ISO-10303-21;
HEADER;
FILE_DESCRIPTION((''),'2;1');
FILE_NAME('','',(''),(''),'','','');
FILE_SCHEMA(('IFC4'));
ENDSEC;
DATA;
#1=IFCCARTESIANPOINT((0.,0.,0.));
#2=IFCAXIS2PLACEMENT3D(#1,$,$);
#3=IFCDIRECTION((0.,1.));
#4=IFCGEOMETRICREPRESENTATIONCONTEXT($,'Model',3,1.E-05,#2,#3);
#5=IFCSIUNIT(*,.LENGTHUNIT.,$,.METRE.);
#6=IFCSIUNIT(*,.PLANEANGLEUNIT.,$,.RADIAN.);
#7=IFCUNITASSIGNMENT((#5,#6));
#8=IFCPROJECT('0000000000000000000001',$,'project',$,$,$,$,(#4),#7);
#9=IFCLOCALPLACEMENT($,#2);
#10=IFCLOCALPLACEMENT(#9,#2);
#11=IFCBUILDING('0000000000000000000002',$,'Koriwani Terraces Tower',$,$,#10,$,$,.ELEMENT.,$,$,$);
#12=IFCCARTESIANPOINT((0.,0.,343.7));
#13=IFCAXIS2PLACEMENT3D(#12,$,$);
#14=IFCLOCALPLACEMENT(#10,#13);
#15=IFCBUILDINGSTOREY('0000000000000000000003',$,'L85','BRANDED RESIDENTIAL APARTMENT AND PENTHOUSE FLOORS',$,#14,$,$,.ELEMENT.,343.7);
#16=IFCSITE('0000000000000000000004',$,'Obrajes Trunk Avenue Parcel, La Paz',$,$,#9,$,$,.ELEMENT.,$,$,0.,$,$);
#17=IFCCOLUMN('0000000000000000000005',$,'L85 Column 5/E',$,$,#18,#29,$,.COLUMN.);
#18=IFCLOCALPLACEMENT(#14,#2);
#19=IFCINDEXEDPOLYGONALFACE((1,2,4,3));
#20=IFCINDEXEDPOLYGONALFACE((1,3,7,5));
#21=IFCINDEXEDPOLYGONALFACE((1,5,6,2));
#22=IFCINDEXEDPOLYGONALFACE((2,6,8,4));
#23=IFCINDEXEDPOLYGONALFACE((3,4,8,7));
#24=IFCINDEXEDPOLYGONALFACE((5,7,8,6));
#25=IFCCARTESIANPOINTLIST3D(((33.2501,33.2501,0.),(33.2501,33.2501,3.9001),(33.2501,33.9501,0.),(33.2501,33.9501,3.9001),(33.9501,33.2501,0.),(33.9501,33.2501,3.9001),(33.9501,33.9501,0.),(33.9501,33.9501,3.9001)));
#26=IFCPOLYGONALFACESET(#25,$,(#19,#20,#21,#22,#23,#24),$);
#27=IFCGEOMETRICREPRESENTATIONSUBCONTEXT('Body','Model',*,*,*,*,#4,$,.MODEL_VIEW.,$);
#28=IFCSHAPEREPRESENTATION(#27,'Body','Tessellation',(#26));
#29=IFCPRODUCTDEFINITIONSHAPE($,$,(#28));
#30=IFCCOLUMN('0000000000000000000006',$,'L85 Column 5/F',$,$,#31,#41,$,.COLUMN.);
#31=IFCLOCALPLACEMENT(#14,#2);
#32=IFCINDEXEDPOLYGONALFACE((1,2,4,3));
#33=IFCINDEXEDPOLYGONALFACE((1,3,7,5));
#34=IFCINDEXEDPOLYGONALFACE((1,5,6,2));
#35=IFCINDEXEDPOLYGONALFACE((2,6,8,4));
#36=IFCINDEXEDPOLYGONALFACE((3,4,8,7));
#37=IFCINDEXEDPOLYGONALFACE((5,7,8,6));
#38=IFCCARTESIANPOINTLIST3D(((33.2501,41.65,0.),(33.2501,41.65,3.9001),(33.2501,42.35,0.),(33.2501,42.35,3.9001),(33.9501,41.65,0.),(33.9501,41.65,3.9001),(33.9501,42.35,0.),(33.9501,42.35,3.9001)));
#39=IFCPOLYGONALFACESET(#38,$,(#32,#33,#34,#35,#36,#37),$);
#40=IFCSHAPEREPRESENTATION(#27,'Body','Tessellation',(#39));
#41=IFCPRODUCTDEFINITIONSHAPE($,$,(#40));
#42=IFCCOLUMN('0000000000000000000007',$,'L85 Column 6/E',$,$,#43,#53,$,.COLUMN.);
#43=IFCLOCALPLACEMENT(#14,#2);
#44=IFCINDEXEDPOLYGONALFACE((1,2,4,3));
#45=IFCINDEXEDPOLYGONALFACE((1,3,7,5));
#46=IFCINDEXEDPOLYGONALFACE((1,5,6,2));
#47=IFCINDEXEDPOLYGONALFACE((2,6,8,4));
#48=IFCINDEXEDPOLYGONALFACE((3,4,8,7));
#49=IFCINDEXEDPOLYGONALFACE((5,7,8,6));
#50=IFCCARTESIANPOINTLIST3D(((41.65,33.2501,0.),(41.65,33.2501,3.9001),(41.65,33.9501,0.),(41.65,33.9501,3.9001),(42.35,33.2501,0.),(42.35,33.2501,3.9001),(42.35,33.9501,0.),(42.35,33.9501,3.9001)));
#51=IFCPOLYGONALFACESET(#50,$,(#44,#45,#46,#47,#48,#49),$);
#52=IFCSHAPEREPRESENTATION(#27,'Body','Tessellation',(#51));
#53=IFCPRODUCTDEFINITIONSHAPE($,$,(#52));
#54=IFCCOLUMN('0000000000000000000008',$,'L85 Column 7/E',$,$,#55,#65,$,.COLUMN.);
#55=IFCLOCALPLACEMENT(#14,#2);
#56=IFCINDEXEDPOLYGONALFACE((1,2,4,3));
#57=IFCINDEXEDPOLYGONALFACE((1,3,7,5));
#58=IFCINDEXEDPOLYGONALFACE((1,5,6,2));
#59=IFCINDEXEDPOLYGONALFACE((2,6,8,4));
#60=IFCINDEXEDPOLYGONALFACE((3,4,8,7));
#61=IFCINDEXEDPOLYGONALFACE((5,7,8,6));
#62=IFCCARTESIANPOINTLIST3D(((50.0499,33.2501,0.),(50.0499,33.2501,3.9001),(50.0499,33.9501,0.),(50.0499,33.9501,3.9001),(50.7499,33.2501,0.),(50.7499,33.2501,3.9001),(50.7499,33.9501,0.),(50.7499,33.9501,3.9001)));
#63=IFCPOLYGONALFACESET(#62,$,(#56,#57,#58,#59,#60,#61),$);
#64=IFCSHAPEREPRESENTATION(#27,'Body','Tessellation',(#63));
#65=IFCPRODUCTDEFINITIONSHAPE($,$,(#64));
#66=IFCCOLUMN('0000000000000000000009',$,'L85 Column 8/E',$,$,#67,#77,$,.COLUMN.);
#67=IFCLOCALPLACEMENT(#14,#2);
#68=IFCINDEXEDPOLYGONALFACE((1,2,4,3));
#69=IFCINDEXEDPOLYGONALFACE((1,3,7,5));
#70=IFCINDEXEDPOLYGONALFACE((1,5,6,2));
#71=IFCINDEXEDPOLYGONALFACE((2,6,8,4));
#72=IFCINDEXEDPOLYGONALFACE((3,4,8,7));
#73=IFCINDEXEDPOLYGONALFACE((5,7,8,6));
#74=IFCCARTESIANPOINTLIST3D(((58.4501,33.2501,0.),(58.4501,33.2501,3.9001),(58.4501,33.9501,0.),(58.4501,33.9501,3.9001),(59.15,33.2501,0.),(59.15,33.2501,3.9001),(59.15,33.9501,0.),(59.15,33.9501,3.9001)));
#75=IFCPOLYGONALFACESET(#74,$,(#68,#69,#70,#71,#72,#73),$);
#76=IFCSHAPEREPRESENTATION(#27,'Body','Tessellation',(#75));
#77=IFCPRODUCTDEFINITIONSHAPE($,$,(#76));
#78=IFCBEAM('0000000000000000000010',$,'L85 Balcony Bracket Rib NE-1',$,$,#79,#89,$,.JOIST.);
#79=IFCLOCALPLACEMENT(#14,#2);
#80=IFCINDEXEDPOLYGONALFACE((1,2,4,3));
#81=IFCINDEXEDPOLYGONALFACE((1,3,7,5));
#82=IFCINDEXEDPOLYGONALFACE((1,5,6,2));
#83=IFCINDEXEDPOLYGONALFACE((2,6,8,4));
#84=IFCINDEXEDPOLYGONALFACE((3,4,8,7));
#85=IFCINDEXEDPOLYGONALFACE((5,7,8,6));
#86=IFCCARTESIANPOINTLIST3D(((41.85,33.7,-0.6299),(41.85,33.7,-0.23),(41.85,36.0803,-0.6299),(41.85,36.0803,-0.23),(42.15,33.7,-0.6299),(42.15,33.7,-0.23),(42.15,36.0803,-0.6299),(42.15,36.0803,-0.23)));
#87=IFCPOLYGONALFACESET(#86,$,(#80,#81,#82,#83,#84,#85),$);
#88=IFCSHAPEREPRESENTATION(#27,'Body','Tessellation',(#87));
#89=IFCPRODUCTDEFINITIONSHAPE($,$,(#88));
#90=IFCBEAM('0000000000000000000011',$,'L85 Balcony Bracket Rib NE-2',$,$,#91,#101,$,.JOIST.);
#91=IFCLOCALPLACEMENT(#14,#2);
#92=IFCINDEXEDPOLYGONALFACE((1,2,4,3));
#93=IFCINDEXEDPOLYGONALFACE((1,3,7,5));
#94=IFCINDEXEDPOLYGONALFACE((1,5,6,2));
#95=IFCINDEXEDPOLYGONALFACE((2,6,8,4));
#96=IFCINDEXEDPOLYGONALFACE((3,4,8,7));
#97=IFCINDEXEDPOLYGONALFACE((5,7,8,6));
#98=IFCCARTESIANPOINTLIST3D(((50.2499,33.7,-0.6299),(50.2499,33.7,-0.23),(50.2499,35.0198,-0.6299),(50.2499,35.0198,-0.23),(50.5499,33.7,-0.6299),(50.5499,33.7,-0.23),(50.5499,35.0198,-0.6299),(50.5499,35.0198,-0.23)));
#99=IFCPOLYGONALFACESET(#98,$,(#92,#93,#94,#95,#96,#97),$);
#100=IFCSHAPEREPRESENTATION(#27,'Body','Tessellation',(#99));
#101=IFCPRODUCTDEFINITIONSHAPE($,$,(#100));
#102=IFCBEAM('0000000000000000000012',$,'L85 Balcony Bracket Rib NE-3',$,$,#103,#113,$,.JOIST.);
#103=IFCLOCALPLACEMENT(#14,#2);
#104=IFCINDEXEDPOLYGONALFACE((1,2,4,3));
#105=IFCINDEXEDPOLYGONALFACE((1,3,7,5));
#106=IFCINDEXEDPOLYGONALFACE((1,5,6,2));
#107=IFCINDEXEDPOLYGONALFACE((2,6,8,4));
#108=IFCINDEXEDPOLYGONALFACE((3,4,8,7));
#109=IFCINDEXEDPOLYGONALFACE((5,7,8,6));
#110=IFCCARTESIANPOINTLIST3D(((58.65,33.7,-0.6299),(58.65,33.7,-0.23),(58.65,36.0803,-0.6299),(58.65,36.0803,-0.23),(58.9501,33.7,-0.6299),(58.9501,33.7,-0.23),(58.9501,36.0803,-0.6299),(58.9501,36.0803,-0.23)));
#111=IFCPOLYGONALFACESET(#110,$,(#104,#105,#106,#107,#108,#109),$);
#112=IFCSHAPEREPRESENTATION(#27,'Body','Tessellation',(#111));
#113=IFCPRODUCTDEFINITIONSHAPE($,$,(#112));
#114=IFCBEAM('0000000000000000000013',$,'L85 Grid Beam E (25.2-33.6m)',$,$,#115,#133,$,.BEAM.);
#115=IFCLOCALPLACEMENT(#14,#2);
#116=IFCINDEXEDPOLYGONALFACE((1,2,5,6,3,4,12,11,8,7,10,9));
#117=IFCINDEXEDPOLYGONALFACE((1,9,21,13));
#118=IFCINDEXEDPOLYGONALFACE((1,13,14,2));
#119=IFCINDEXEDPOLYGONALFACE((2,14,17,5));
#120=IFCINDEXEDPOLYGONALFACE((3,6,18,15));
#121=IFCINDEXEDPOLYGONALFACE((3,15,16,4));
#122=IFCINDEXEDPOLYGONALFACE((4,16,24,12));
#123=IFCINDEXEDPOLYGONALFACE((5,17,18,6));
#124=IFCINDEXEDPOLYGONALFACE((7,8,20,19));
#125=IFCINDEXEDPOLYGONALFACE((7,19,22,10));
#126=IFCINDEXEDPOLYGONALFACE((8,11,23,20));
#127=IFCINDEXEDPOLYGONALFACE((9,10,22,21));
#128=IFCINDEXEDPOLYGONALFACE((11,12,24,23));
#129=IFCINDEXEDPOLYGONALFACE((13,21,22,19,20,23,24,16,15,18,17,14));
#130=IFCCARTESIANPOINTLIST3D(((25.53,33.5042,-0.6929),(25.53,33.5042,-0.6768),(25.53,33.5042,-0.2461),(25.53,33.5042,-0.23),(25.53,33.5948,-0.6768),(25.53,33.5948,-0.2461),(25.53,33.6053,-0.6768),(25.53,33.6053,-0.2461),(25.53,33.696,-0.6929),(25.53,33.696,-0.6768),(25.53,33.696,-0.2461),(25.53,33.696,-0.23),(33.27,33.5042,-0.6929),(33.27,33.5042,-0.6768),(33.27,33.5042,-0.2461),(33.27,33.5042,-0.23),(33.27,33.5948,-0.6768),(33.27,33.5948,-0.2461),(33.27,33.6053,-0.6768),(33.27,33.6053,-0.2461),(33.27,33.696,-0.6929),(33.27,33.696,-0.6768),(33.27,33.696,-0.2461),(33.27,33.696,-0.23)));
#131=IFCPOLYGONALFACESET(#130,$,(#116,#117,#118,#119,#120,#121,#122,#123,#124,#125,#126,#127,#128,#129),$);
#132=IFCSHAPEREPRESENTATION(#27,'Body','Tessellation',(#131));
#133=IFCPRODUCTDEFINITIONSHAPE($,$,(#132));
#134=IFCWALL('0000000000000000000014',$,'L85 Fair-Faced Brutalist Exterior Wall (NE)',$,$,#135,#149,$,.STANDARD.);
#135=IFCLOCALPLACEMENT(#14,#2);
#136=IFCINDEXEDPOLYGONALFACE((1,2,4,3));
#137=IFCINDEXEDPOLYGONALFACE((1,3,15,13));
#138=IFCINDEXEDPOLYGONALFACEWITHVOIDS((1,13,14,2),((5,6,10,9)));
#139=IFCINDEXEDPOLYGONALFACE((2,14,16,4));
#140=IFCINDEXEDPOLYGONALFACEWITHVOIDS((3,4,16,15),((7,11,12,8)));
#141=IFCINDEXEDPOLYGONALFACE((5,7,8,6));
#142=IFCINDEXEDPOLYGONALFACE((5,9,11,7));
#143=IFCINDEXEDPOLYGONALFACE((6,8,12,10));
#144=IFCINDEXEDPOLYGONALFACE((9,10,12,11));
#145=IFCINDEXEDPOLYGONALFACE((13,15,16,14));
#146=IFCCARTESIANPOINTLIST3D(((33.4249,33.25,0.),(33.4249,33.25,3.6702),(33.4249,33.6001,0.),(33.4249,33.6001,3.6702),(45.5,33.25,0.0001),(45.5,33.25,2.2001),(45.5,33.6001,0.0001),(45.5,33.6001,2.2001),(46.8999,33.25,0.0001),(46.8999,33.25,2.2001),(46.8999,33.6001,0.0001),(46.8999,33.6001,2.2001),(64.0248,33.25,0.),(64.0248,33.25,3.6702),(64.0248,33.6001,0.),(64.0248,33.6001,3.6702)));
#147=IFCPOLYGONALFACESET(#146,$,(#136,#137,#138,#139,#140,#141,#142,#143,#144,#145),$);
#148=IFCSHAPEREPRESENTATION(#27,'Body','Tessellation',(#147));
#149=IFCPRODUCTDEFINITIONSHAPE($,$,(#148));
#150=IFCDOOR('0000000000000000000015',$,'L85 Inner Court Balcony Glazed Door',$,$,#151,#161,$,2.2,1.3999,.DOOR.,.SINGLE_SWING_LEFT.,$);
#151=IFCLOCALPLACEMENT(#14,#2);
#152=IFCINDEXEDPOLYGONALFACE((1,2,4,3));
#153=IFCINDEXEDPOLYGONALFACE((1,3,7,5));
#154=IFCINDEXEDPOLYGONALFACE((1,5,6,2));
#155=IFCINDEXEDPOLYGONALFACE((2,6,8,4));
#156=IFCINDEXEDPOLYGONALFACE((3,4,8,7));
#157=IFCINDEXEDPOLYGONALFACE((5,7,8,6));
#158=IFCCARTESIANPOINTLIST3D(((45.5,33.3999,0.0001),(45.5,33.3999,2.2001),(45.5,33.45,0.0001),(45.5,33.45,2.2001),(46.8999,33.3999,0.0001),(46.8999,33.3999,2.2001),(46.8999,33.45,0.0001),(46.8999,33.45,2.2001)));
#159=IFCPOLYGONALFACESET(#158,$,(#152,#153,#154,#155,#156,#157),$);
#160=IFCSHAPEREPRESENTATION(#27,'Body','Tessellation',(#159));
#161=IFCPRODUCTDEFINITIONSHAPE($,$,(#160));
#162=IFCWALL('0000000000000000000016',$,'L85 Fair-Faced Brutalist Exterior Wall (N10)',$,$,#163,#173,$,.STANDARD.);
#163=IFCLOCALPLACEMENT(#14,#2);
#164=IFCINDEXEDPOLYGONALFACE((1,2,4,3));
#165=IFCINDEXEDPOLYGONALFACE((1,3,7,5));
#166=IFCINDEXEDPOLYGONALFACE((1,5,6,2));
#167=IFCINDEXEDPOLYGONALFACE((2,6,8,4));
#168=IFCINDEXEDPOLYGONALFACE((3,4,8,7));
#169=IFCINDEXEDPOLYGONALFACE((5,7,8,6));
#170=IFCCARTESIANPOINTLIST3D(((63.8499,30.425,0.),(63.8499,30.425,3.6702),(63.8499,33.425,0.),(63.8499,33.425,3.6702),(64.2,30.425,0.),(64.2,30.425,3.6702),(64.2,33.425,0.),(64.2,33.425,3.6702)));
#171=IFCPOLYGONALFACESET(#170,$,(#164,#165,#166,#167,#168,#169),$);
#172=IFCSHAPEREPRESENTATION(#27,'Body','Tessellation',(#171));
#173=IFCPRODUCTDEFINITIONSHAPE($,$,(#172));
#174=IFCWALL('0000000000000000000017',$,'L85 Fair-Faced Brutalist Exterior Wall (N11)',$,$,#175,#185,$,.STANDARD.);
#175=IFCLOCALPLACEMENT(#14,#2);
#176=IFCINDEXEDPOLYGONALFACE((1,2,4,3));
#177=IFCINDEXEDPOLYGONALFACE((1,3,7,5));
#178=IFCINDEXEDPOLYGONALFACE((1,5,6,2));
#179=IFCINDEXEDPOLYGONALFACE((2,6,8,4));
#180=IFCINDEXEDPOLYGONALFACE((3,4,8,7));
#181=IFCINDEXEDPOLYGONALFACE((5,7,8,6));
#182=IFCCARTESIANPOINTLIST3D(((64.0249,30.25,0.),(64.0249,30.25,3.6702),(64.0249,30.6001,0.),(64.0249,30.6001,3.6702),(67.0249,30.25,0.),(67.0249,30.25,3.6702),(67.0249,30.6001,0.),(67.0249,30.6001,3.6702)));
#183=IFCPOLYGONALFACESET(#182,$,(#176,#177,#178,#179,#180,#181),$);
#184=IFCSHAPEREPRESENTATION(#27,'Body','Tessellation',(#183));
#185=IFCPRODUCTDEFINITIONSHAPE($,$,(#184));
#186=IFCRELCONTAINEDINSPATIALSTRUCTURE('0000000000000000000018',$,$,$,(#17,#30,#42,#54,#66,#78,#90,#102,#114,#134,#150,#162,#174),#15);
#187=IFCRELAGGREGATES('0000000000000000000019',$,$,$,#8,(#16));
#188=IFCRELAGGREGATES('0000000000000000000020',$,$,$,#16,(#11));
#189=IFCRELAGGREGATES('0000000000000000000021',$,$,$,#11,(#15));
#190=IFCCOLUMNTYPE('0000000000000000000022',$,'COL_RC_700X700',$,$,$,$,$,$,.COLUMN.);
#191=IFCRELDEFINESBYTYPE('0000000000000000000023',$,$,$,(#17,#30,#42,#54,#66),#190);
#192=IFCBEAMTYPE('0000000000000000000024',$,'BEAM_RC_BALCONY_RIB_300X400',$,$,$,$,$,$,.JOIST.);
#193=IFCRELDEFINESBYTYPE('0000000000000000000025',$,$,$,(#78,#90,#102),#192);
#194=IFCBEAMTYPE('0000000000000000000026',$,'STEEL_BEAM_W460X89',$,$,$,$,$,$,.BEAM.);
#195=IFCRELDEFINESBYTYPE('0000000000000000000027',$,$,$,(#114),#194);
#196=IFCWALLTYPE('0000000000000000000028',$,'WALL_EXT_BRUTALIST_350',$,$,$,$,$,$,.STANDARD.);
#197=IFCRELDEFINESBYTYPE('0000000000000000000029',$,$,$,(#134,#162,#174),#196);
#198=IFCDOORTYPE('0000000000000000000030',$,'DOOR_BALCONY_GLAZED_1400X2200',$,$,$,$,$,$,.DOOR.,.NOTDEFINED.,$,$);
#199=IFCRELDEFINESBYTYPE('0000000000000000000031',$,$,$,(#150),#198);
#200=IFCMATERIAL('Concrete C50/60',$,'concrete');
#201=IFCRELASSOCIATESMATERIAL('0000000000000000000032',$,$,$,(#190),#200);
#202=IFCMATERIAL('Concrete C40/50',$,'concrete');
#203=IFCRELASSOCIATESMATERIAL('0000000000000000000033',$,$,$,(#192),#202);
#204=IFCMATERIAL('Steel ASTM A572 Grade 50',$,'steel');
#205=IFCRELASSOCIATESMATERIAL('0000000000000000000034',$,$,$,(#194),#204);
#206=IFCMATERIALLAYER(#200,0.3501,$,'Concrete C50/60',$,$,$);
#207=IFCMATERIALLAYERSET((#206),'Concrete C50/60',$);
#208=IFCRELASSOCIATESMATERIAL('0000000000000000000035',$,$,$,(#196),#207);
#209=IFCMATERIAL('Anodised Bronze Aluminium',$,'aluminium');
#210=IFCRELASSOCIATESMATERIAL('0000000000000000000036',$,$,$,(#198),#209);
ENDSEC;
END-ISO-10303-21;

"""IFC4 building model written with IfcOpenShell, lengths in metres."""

from ifc_helpers import new_model, si_unit, direction, frame, frame_2d, origin, origin_2d, place, context, subcontext, project, spatial, rectangle, i_section, extrude, material, layer, layer_set, material_profile, profile_set, type_object, element, fill, save


model = new_model("IFC4")

# Units and contexts
model_context = context("Model", 3, precision=1e-05, world=origin(), true_north=direction((0.0, 1.0)))
body_context = subcontext(model_context, "Body", "Model", "MODEL_VIEW")
ifc_project = project(units=[si_unit("LENGTHUNIT", "METRE"), si_unit("PLANEANGLEUNIT", "RADIAN")], contexts=[model_context])

# Site, building, storey
site_placement = place(None, origin())
site = spatial("IfcSite", under=ifc_project, at=site_placement, Name="Obrajes Trunk Avenue Parcel, La Paz", CompositionType="ELEMENT", RefElevation=0.0)
building_placement = place(site_placement, origin())
building = spatial("IfcBuilding", under=site, at=building_placement, Name="Koriwani Terraces Tower", CompositionType="ELEMENT")
storey_placement = place(building_placement, frame((0.0, 0.0, 343.7)))
storey = spatial("IfcBuildingStorey", under=building, at=storey_placement, Name="L85", Description="BRANDED RESIDENTIAL APARTMENT AND PENTHOUSE FLOORS", CompositionType="ELEMENT", Elevation=343.7)

# Columns
ifc_material_1 = material(Name="Concrete C50/60", Category="concrete")
ifc_material_profile_1 = material_profile(ifc_material_1, rectangle(XDim=0.7, YDim=0.7, at=origin_2d()), Name="Concrete C50/60", Category="LoadBearing")
ifc_profile_set_1 = profile_set([ifc_material_profile_1], Name="Concrete C50/60")
column_type = type_object("IfcColumnType", Name="COL_RC_700X700", PredefinedType="COLUMN", material=ifc_profile_set_1)
for number, where, z_axis, x_axis, name in (
    (1, (33.6001, 33.6001, 0.0), (0.0, 0.0, 1.0), (1.0, 0.0, 0.0), "L85 Column 5/E"),
    (2, (33.6001, 42.0, 0.0), (0.0, 0.0, 1.0), (1.0, 0.0, 0.0), "L85 Column 5/F"),
    (3, (42.0, 33.6001, 0.0), (0.0, 0.0, 1.0), (1.0, 0.0, 0.0), "L85 Column 6/E"),
    (4, (50.3999, 33.6001, 0.0), (0.0, 0.0, 1.0), (1.0, 0.0, 0.0), "L85 Column 7/E"),
    (5, (58.8, 33.6001, 0.0), (0.0, 0.0, 1.0), (1.0, 0.0, 0.0), "L85 Column 8/E"),
):
    element("IfcColumn", number, at=place(storey_placement, frame(where, z_axis=z_axis, x_axis=x_axis)), inside=storey, type_object=column_type, Name=name, PredefinedType="COLUMN", context=body_context, shape_type="SweptSolid", body=[
        extrude(rectangle(XDim=0.7, YDim=0.7, at=origin_2d()), origin(), (0.0, 0.0, 1.0), 3.9001),
    ])

# Beams
ifc_material_2 = material(Name="Concrete C40/50", Category="concrete")
ifc_material_profile_2 = material_profile(ifc_material_2, rectangle(XDim=0.3, YDim=0.3999, at=origin_2d()), Name="Concrete C40/50", Category="LoadBearing")
ifc_profile_set_2 = profile_set([ifc_material_profile_2], Name="Concrete C40/50")
beam_type_1 = type_object("IfcBeamType", Name="BEAM_RC_BALCONY_RIB_300X400", PredefinedType="JOIST", material=ifc_profile_set_2)
beam_1_placement = place(storey_placement, frame((42.0, 33.7, -0.4299), z_axis=(0.0, 1.0, 0.0), x_axis=(-1.0, 0.0, 0.0)))
element("IfcBeam", 6, at=beam_1_placement, inside=storey, type_object=beam_type_1, Name="L85 Balcony Bracket Rib NE-1", PredefinedType="JOIST", context=body_context, shape_type="SweptSolid", body=[
    extrude(rectangle(XDim=0.3, YDim=0.3999, at=origin_2d()), origin(), (0.0, 0.0, 1.0), 2.3804),
])
beam_2_placement = place(storey_placement, frame((50.3999, 33.7, -0.4299), z_axis=(0.0, 1.0, 0.0), x_axis=(-1.0, 0.0, 0.0)))
element("IfcBeam", 7, at=beam_2_placement, inside=storey, type_object=beam_type_1, Name="L85 Balcony Bracket Rib NE-2", PredefinedType="JOIST", context=body_context, shape_type="SweptSolid", body=[
    extrude(rectangle(XDim=0.3, YDim=0.3999, at=origin_2d()), origin(), (0.0, 0.0, 1.0), 1.3198),
])
beam_3_placement = place(storey_placement, frame((58.8, 33.7, -0.4299), z_axis=(0.0, 1.0, 0.0), x_axis=(-1.0, 0.0, 0.0)))
element("IfcBeam", 8, at=beam_3_placement, inside=storey, type_object=beam_type_1, Name="L85 Balcony Bracket Rib NE-3", PredefinedType="JOIST", context=body_context, shape_type="SweptSolid", body=[
    extrude(rectangle(XDim=0.3, YDim=0.3999, at=origin_2d()), origin(), (0.0, 0.0, 1.0), 2.3804),
])
ifc_material_3 = material(Name="Steel ASTM A572 Grade 50", Category="steel")
ifc_material_profile_3 = material_profile(ifc_material_3, i_section(OverallWidth=0.1919, OverallDepth=0.4629, WebThickness=0.0105, FlangeThickness=0.0161, at=origin_2d()), Name="Steel ASTM A572 Grade 50", Category="LoadBearing")
ifc_profile_set_3 = profile_set([ifc_material_profile_3], Name="Steel ASTM A572 Grade 50")
beam_type_2 = type_object("IfcBeamType", Name="STEEL_BEAM_W460X89", PredefinedType="BEAM", material=ifc_profile_set_3)
beam_4_placement = place(storey_placement, frame((25.53, 33.6001, -0.4614), z_axis=(1.0, 0.0, 0.0), x_axis=(0.0, 1.0, 0.0)))
element("IfcBeam", 9, at=beam_4_placement, inside=storey, type_object=beam_type_2, Name="L85 Grid Beam E (25.2-33.6m)", PredefinedType="BEAM", context=body_context, shape_type="SweptSolid", body=[
    extrude(i_section(OverallWidth=0.1919, OverallDepth=0.4629, WebThickness=0.0105, FlangeThickness=0.0161, at=origin_2d()), origin(), (0.0, 0.0, 1.0), 7.74),
])

# Wall, opening, door
ifc_layer_1 = layer(ifc_material_1, 0.3501, Name="Concrete C50/60")
ifc_layer_set_1 = layer_set([ifc_layer_1], Name="Concrete C50/60")
wall_type_1 = type_object("IfcWallType", Name="WALL_EXT_BRUTALIST_350", PredefinedType="STANDARD", material=ifc_layer_set_1)
wall_1_placement = place(storey_placement, frame((33.425, 33.425, 0.0), z_axis=(0.0, 0.0, 1.0), x_axis=(1.0, 0.0, 0.0)))
wall_1 = element("IfcWall", 10, at=wall_1_placement, inside=storey, type_object=wall_type_1, Name="L85 Fair-Faced Brutalist Exterior Wall (NE)", PredefinedType="STANDARD", context=body_context, shape_type="SweptSolid", body=[
    extrude(rectangle(XDim=30.5999, YDim=0.3501, at=frame_2d((15.2998, 0.0))), origin(), (0.0, 0.0, 1.0), 3.6702),
])
opening_1_placement = place(wall_1_placement, frame((12.075, 0.0, 0.0)))
opening_1 = element("IfcOpeningElement", 11, at=opening_1_placement, cuts=wall_1, PredefinedType="OPENING", context=body_context, shape_type="SweptSolid", body=[
    extrude(rectangle(XDim=1.3999, YDim=2.2, at=frame_2d((0.7, 1.1001))), frame((0.0, 0.1851, 0.0), z_axis=(0.0, -1.0, 0.0), x_axis=(1.0, 0.0, 0.0)), (0.0, 0.0, 1.0), 0.3701),
])
ifc_material_4 = material(Name="Anodised Bronze Aluminium", Category="aluminium")
door_type_1 = type_object("IfcDoorType", Name="DOOR_BALCONY_GLAZED_1400X2200", OperationType="NOTDEFINED", PredefinedType="DOOR", material=ifc_material_4)
door_1_placement = place(opening_1_placement, origin())
door_1 = element("IfcDoor", 12, at=door_1_placement, inside=storey, type_object=door_type_1, Name="L85 Inner Court Balcony Glazed Door", OperationType="SINGLE_SWING_LEFT", OverallHeight=2.2, OverallWidth=1.3999, PredefinedType="DOOR", context=body_context, shape_type="SweptSolid", body=[
    extrude(rectangle(XDim=1.3999, YDim=2.2, at=frame_2d((0.7, 1.1001))), frame((0.0, 0.0249, 0.0), z_axis=(0.0, -1.0, 0.0), x_axis=(1.0, 0.0, 0.0)), (0.0, 0.0, 1.0), 0.05),
])
fill(opening_1, door_1)

# Walls
for number, where, z_axis, x_axis, name in (
    (13, (64.0249, 33.425, 0.0), (0.0, 0.0, 1.0), (0.0, -1.0, 0.0), "L85 Fair-Faced Brutalist Exterior Wall (N10)"),
    (14, (64.0249, 30.425, 0.0), (0.0, 0.0, 1.0), (1.0, 0.0, 0.0), "L85 Fair-Faced Brutalist Exterior Wall (N11)"),
):
    element("IfcWall", number, at=place(storey_placement, frame(where, z_axis=z_axis, x_axis=x_axis)), inside=storey, type_object=wall_type_1, Name=name, PredefinedType="STANDARD", context=body_context, shape_type="SweptSolid", body=[
        extrude(rectangle(XDim=3.0, YDim=0.3501, at=frame_2d((1.5, 0.0))), origin(), (0.0, 0.0, 1.0), 3.6702),
    ])

save(model, "model.ifc")
